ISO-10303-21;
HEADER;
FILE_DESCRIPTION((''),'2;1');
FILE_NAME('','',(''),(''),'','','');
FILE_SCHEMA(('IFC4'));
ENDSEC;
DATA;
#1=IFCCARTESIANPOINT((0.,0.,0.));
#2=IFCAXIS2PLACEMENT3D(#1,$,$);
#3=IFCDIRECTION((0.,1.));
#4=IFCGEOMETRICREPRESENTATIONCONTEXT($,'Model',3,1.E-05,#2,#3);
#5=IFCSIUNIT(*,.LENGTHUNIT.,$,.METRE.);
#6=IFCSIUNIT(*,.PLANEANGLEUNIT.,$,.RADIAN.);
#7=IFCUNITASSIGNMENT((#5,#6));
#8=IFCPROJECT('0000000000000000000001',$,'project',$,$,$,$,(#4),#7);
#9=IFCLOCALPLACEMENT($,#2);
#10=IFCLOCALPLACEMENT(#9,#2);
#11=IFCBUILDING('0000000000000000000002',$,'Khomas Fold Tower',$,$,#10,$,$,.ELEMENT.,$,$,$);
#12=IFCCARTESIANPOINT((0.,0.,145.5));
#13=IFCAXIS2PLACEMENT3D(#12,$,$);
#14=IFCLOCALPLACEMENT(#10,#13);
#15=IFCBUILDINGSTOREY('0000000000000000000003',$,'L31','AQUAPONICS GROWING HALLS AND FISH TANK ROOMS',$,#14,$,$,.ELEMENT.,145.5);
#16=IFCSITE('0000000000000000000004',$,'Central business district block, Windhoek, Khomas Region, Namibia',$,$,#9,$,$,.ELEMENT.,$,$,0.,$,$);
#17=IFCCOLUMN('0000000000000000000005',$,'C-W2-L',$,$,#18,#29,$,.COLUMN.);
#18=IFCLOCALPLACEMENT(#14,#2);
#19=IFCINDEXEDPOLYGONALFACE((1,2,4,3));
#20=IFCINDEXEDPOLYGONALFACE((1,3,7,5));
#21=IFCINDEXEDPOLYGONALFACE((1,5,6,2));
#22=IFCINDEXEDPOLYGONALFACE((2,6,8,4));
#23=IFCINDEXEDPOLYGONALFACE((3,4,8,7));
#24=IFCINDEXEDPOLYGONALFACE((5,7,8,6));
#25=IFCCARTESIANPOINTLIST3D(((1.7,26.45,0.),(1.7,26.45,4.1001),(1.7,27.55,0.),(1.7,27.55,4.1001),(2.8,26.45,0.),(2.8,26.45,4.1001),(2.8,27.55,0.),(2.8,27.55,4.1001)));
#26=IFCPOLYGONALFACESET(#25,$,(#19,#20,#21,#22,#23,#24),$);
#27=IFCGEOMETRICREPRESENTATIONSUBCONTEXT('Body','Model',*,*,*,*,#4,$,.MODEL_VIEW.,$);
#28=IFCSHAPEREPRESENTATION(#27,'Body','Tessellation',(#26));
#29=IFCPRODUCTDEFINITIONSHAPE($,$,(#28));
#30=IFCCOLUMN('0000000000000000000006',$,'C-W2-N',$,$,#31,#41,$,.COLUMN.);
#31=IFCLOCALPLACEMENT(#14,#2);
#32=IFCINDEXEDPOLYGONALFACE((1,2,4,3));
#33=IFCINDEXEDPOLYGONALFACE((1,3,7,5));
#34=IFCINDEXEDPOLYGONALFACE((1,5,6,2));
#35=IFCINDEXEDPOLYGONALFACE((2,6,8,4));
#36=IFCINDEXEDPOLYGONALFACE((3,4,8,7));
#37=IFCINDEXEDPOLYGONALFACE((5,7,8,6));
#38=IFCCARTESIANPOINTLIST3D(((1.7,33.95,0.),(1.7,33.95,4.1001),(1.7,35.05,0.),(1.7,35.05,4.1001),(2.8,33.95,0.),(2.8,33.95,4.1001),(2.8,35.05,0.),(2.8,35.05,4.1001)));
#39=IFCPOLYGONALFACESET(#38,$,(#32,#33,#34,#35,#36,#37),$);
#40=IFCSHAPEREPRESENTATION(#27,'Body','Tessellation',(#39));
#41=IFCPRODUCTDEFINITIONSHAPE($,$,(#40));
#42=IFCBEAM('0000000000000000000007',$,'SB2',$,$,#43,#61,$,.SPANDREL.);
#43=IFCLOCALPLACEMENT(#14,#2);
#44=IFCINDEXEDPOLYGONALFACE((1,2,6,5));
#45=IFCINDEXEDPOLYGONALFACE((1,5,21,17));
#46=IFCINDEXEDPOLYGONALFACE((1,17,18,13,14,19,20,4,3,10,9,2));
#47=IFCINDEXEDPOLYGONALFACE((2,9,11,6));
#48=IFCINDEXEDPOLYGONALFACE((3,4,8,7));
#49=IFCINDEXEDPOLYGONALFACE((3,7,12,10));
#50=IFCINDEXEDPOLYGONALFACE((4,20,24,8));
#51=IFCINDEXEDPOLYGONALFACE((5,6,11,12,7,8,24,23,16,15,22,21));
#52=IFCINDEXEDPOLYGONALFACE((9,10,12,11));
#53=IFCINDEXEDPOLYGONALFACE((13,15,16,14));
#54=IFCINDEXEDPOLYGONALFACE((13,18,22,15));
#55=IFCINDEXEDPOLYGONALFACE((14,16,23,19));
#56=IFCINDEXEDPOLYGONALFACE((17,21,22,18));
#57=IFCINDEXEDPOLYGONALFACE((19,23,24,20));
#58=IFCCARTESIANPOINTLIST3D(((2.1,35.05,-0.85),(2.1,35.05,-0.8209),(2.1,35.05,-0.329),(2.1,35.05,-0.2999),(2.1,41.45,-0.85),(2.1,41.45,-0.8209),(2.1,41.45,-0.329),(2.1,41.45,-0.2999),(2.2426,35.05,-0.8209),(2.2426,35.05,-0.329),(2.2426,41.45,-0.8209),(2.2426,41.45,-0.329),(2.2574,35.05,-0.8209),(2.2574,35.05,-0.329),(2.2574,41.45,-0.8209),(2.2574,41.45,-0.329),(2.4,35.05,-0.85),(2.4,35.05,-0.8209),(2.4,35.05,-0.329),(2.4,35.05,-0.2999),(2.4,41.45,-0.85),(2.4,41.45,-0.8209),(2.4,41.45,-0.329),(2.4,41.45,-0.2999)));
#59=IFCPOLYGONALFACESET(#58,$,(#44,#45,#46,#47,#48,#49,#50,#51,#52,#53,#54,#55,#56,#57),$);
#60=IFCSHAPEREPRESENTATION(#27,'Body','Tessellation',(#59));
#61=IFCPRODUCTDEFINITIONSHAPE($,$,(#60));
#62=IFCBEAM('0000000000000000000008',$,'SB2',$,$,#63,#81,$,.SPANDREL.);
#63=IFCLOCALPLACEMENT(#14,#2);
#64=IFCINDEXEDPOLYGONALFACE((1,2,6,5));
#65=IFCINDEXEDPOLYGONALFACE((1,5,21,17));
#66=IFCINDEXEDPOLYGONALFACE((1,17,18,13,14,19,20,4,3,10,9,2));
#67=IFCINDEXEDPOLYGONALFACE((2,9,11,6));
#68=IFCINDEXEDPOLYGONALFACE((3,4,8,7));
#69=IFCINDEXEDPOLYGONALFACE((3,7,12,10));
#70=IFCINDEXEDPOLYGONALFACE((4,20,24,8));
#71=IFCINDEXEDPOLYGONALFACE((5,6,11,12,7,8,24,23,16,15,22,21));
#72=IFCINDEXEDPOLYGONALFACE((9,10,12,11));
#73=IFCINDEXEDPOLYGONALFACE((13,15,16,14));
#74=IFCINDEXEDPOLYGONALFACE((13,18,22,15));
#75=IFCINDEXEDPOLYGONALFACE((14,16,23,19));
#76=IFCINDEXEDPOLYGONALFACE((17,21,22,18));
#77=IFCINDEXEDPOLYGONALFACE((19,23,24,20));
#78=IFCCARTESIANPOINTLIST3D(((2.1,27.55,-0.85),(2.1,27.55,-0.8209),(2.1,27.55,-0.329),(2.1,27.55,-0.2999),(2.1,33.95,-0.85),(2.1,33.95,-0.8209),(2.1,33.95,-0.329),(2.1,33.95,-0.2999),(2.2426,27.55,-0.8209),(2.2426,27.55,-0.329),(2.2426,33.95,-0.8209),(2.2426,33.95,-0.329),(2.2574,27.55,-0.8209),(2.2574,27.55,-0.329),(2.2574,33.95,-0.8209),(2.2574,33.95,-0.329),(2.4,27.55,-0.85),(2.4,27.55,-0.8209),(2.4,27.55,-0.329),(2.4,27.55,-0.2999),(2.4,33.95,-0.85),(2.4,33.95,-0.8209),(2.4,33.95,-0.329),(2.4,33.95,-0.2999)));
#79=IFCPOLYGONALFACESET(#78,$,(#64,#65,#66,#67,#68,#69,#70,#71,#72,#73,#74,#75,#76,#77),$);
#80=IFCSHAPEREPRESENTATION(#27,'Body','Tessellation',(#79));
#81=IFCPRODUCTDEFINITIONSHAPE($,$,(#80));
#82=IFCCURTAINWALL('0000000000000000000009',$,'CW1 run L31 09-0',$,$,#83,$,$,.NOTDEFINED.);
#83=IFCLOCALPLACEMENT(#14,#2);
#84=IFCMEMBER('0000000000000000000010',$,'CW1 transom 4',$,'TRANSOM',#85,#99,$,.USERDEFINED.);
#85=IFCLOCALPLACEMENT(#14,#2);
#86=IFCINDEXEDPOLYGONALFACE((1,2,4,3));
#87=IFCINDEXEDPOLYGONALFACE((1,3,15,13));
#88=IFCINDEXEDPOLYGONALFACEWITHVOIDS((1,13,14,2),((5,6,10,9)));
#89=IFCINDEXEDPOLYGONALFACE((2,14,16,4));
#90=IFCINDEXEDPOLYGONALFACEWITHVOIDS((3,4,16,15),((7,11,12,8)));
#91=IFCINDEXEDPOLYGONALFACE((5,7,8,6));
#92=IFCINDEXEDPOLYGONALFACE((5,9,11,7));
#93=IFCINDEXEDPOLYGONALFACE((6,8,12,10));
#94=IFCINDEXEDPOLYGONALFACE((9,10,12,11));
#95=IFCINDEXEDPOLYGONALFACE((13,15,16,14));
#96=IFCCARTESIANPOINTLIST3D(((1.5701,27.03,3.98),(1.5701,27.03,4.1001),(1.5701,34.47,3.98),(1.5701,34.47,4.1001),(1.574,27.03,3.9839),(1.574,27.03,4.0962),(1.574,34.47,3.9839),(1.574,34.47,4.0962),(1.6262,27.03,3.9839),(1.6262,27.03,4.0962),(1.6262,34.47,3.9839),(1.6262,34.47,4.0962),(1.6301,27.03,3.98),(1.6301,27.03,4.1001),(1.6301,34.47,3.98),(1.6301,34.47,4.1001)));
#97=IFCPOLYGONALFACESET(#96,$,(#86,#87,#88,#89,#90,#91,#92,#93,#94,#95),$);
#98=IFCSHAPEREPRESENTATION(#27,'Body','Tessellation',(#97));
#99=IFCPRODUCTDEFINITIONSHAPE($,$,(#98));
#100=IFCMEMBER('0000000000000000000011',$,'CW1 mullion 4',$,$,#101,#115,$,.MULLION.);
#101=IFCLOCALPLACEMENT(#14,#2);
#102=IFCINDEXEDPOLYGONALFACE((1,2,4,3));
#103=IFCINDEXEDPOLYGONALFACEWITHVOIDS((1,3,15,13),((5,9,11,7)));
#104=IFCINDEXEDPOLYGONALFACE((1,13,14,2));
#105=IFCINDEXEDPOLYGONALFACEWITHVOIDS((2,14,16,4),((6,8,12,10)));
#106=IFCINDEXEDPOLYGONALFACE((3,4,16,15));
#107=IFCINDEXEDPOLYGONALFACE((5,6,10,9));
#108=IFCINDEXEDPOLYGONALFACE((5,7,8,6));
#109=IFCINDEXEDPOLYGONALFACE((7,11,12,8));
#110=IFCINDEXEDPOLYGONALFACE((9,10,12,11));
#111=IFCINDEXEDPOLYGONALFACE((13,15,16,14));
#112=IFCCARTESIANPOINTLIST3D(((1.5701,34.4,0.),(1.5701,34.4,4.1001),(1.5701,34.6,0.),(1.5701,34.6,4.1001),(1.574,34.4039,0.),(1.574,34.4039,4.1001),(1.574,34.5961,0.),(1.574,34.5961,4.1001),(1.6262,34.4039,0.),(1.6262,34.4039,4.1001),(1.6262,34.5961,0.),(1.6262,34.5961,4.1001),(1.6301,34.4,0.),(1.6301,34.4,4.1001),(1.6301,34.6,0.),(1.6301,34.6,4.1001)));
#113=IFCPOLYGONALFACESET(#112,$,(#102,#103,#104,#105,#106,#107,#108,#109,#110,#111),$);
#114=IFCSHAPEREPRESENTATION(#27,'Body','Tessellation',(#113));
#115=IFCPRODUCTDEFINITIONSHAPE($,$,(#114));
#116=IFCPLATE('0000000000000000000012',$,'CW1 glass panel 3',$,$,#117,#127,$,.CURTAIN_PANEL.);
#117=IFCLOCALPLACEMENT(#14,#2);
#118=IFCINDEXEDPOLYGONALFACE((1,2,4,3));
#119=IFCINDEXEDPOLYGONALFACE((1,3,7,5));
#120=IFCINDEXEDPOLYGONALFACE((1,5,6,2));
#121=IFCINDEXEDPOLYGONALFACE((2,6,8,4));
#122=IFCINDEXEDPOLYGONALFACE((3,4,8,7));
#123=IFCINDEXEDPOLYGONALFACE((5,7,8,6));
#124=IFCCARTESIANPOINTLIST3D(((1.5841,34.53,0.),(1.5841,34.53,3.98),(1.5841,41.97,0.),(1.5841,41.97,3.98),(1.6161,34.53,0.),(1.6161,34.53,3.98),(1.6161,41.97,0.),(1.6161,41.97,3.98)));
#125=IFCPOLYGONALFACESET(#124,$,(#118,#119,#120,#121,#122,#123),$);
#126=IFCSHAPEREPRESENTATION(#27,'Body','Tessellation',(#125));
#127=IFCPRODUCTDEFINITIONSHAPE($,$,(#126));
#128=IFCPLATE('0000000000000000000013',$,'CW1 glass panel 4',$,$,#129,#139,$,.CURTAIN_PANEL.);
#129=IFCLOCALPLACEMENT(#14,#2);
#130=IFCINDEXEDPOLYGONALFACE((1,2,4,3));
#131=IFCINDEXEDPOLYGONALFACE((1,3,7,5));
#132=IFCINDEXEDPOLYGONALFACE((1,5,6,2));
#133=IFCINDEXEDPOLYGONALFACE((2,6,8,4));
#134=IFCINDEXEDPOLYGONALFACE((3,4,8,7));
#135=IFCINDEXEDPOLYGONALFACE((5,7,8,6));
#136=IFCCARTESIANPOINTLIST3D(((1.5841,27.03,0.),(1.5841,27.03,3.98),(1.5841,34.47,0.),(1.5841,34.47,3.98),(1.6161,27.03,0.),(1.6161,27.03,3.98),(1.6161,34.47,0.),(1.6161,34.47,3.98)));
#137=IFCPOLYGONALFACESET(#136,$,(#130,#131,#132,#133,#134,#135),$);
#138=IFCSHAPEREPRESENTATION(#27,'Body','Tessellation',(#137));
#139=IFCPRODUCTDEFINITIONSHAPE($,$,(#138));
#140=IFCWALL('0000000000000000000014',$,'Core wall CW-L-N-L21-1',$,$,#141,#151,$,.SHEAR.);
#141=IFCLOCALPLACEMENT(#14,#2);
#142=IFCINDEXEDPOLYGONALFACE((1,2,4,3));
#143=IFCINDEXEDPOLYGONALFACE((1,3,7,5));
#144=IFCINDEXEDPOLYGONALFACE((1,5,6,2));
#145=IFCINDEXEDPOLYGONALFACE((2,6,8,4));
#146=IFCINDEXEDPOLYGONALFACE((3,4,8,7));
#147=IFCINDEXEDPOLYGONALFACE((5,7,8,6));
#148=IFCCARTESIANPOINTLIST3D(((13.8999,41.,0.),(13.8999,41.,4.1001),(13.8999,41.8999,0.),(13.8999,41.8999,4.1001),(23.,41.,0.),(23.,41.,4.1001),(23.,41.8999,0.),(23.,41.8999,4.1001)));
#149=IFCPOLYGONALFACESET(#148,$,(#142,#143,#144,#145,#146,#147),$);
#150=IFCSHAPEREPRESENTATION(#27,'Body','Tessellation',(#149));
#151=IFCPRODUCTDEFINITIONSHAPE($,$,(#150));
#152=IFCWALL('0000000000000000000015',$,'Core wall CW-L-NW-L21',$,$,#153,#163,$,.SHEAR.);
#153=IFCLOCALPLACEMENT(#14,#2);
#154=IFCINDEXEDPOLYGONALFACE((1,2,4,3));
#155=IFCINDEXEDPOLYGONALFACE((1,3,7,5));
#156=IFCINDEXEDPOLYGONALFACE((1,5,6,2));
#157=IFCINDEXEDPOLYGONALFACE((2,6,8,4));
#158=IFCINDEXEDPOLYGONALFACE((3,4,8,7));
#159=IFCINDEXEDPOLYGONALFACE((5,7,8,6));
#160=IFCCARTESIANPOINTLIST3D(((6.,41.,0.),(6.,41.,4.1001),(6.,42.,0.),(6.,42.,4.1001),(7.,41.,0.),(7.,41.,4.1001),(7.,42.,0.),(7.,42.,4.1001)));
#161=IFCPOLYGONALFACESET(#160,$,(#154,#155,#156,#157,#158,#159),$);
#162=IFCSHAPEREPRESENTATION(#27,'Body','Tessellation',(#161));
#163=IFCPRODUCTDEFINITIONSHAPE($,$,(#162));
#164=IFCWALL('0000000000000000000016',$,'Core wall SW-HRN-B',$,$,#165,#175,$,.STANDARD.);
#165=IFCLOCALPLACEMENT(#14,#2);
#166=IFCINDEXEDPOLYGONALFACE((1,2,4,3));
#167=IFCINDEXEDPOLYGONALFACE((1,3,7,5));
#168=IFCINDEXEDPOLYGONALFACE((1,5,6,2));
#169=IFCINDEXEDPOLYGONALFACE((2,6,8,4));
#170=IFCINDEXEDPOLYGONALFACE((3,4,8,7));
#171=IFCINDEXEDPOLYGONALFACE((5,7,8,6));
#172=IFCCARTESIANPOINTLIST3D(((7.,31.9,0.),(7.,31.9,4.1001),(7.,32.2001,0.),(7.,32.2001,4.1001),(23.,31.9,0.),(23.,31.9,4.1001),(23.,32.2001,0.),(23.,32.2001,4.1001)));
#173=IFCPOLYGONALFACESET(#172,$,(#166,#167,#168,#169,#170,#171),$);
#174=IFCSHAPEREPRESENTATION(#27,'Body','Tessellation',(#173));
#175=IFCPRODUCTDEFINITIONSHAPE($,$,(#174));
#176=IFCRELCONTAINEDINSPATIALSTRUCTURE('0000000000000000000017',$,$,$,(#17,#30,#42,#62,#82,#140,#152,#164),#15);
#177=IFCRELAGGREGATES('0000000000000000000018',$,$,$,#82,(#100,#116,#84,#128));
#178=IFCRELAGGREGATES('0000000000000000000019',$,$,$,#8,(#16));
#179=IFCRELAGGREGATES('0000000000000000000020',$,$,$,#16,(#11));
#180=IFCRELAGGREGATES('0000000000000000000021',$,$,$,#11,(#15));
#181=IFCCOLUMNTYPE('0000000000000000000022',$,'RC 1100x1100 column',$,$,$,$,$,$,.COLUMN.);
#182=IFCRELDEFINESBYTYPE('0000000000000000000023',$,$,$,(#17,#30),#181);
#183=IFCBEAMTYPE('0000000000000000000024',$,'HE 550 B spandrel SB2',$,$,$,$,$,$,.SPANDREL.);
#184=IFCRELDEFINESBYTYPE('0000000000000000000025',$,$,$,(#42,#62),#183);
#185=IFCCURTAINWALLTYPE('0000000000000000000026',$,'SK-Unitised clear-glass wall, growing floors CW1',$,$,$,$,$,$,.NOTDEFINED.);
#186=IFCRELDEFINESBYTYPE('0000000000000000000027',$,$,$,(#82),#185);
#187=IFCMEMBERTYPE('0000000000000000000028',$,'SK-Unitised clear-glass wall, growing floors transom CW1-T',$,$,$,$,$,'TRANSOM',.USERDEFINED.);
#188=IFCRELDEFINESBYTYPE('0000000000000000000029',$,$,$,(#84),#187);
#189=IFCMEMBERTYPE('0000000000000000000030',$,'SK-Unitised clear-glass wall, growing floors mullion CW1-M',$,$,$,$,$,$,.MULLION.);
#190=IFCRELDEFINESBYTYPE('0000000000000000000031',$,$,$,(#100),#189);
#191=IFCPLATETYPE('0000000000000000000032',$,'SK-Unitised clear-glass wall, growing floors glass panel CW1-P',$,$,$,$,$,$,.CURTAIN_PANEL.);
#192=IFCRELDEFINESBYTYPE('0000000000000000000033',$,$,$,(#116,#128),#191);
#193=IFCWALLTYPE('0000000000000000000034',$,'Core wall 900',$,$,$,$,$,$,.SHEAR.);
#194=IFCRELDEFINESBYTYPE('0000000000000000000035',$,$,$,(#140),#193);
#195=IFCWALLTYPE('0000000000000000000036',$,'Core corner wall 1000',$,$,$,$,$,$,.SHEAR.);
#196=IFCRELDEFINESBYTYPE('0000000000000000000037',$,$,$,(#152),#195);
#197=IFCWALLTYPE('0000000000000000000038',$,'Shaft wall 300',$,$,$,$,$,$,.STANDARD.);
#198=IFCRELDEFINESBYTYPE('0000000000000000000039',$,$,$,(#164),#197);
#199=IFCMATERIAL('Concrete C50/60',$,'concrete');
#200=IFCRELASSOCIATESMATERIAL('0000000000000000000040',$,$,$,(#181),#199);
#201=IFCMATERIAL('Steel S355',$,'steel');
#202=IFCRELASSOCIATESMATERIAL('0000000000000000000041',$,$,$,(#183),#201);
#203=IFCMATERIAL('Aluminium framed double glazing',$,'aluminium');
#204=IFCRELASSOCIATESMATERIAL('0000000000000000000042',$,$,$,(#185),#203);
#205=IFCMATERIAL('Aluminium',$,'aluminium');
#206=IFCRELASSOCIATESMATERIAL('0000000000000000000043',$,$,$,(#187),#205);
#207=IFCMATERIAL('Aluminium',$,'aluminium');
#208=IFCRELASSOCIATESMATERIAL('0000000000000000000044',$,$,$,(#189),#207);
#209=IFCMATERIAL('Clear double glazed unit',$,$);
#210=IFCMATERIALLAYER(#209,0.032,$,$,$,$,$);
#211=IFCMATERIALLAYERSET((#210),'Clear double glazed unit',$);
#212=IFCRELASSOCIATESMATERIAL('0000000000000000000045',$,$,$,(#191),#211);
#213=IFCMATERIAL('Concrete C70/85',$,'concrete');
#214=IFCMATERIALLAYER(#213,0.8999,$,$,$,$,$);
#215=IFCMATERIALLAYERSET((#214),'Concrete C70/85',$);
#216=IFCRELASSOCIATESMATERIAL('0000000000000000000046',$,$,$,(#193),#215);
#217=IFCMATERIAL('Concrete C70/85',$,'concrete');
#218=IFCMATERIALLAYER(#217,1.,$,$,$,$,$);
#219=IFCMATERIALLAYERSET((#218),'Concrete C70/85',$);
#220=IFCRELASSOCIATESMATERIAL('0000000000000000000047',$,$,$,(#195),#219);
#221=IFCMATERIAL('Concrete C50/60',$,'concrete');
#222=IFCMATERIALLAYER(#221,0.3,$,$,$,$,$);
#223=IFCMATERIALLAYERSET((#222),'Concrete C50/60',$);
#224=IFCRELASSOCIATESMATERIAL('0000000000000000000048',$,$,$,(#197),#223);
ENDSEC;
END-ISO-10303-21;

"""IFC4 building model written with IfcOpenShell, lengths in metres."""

from ifc_helpers import new_model, si_unit, direction, frame, frame_2d, origin, origin_2d, place, context, subcontext, project, spatial, rectangle, hollow_rectangle, i_section, extrude, source, transform, mapped, material, layer, layer_set, material_profile, profile_set, type_object, element, aggregate, save


model = new_model("IFC4")

# Units and contexts
model_context = context("Model", 3, precision=1e-05, world=origin(), true_north=direction((0.0, 1.0)))
body_context = subcontext(model_context, "Body", "Model", "MODEL_VIEW")
ifc_project = project(units=[si_unit("LENGTHUNIT", "METRE"), si_unit("PLANEANGLEUNIT", "RADIAN")], contexts=[model_context])

# Site, building, storey
site_placement = place(None, origin())
site = spatial("IfcSite", under=ifc_project, at=site_placement, Name="Central business district block, Windhoek, Khomas Region, Namibia", CompositionType="ELEMENT", RefElevation=0.0)
building_placement = place(site_placement, origin())
building = spatial("IfcBuilding", under=site, at=building_placement, Name="Khomas Fold Tower", CompositionType="ELEMENT")
storey_placement = place(building_placement, frame((0.0, 0.0, 145.5)))
storey = spatial("IfcBuildingStorey", under=building, at=storey_placement, Name="L31", Description="AQUAPONICS GROWING HALLS AND FISH TANK ROOMS", CompositionType="ELEMENT", Elevation=145.5)

# Columns
ifc_material_1 = material(Name="Concrete C50/60", Category="concrete")
ifc_material_profile_1 = material_profile(ifc_material_1, rectangle(XDim=1.1001, YDim=1.1001, at=origin_2d()), Name="RC 1100x1100")
ifc_profile_set_1 = profile_set([ifc_material_profile_1], Name="Concrete C50/60")
column_type = type_object("IfcColumnType", Name="RC 1100x1100 column", PredefinedType="COLUMN", material=ifc_profile_set_1)
shared_shape_1 = source(origin(), body_context, "Body", "SweptSolid", [
    extrude(rectangle(XDim=1.1001, YDim=1.1001, at=origin_2d()), origin(), (0.0, 0.0, 1.0), 4.1001),
])
for number, where, z_axis, x_axis, name in (
    (1, (2.25, 27.0, 0.0), (0.0, 0.0, 1.0), (1.0, 0.0, 0.0), "C-W2-L"),
    (2, (2.25, 34.5, 0.0), (0.0, 0.0, 1.0), (1.0, 0.0, 0.0), "C-W2-N"),
):
    element("IfcColumn", number, at=place(storey_placement, frame(where, z_axis=z_axis, x_axis=x_axis)), inside=storey, type_object=column_type, Name=name, PredefinedType="COLUMN", context=body_context, shape_type="MappedRepresentation", body=[
        mapped(shared_shape_1, transform((0.0, 0.0, 0.0))),
    ])

# Beams
ifc_material_2 = material(Name="Steel S355", Category="steel")
ifc_material_profile_2 = material_profile(ifc_material_2, i_section(OverallWidth=0.3, OverallDepth=0.55, WebThickness=0.0149, FlangeThickness=0.0291, at=origin_2d()), Name="HE 550 B")
ifc_profile_set_2 = profile_set([ifc_material_profile_2], Name="Steel S355")
beam_type = type_object("IfcBeamType", Name="HE 550 B spandrel SB2", PredefinedType="SPANDREL", material=ifc_profile_set_2)
shared_shape_2 = source(origin(), body_context, "Body", "SweptSolid", [
    extrude(i_section(OverallWidth=0.3, OverallDepth=0.55, WebThickness=0.0149, FlangeThickness=0.0291, at=origin_2d()), origin(), (0.0, 0.0, 1.0), 6.3999),
])
for number, where, z_axis, x_axis, name in (
    (3, (2.25, 35.05, -0.575), (0.0, 1.0, 0.0), (-1.0, 0.0, 0.0), "SB2"),
    (4, (2.25, 27.55, -0.575), (0.0, 1.0, 0.0), (-1.0, 0.0, 0.0), "SB2"),
):
    element("IfcBeam", number, at=place(storey_placement, frame(where, z_axis=z_axis, x_axis=x_axis)), inside=storey, type_object=beam_type, Name=name, PredefinedType="SPANDREL", context=body_context, shape_type="MappedRepresentation", body=[
        mapped(shared_shape_2, transform((0.0, 0.0, 0.0))),
    ])

# Curtain wall, members, plates
ifc_material_3 = material(Name="Aluminium framed double glazing", Category="aluminium")
curtain_wall_type = type_object("IfcCurtainWallType", Name="SK-Unitised clear-glass wall, growing floors CW1", PredefinedType="NOTDEFINED", material=ifc_material_3)
curtain_wall_placement = place(storey_placement, origin())
curtain_wall = element("IfcCurtainWall", 5, at=curtain_wall_placement, inside=storey, type_object=curtain_wall_type, Name="CW1 run L31 09-0", PredefinedType="NOTDEFINED")
ifc_material_4 = material(Name="Aluminium", Category="aluminium")
ifc_material_profile_3 = material_profile(ifc_material_4, hollow_rectangle(XDim=0.0601, YDim=0.1201, WallThickness=0.0039, at=origin_2d()), Name="SK-Unitised clear-glass wall, growing floors transom CW1-T")
ifc_profile_set_3 = profile_set([ifc_material_profile_3], Name="Aluminium")
member_type_1 = type_object("IfcMemberType", Name="SK-Unitised clear-glass wall, growing floors transom CW1-T", ElementType="TRANSOM", PredefinedType="USERDEFINED", material=ifc_profile_set_3)
shared_shape_3 = source(origin(), body_context, "Body", "SweptSolid", [
    extrude(hollow_rectangle(XDim=0.0601, YDim=0.1201, WallThickness=0.0039, at=origin_2d()), origin(), (0.0, 0.0, 1.0), 7.4399),
])
member_1_placement = place(storey_placement, frame((1.6001, 34.47, 4.04), z_axis=(0.0, -1.0, 0.0), x_axis=(1.0, 0.0, 0.0)))
member_1 = element("IfcMember", 6, at=member_1_placement, type_object=member_type_1, Name="CW1 transom 4", ObjectType="TRANSOM", PredefinedType="USERDEFINED", context=body_context, shape_type="MappedRepresentation", body=[
    mapped(shared_shape_3, transform((0.0, 0.0, 0.0))),
])
ifc_material_5 = material(Name="Aluminium", Category="aluminium")
ifc_material_profile_4 = material_profile(ifc_material_5, hollow_rectangle(XDim=0.0601, YDim=0.2, WallThickness=0.0039, at=origin_2d()), Name="SK-Unitised clear-glass wall, growing floors mullion CW1-M")
ifc_profile_set_4 = profile_set([ifc_material_profile_4], Name="Aluminium")
member_type_2 = type_object("IfcMemberType", Name="SK-Unitised clear-glass wall, growing floors mullion CW1-M", PredefinedType="MULLION", material=ifc_profile_set_4)
shared_shape_4 = source(origin(), body_context, "Body", "SweptSolid", [
    extrude(hollow_rectangle(XDim=0.0601, YDim=0.2, WallThickness=0.0039, at=origin_2d()), origin(), (0.0, 0.0, 1.0), 4.1001),
])
member_2_placement = place(storey_placement, frame((1.6001, 34.5, 0.0), z_axis=(0.0, 0.0, 1.0), x_axis=(1.0, 0.0, 0.0)))
member_2 = element("IfcMember", 7, at=member_2_placement, type_object=member_type_2, Name="CW1 mullion 4", PredefinedType="MULLION", context=body_context, shape_type="MappedRepresentation", body=[
    mapped(shared_shape_4, transform((0.0, 0.0, 0.0))),
])
ifc_material_6 = material(Name="Clear double glazed unit")
ifc_layer_1 = layer(ifc_material_6, 0.032)
ifc_layer_set_1 = layer_set([ifc_layer_1], Name="Clear double glazed unit")
plate_type = type_object("IfcPlateType", Name="SK-Unitised clear-glass wall, growing floors glass panel CW1-P", PredefinedType="CURTAIN_PANEL", material=ifc_layer_set_1)
shared_shape_5 = source(origin(), body_context, "Body", "SweptSolid", [
    extrude(rectangle(XDim=7.4399, YDim=0.032, at=origin_2d()), origin(), (0.0, 0.0, 1.0), 3.98),
])
plate_1_placement = place(storey_placement, frame((1.6001, 38.25, 0.0), z_axis=(0.0, 0.0, 1.0), x_axis=(0.0, -1.0, 0.0)))
plate_1 = element("IfcPlate", 8, at=plate_1_placement, type_object=plate_type, Name="CW1 glass panel 3", PredefinedType="CURTAIN_PANEL", context=body_context, shape_type="MappedRepresentation", body=[
    mapped(shared_shape_5, transform((0.0, 0.0, 0.0))),
])
plate_2_placement = place(storey_placement, frame((1.6001, 30.75, 0.0), z_axis=(0.0, 0.0, 1.0), x_axis=(0.0, -1.0, 0.0)))
plate_2 = element("IfcPlate", 9, at=plate_2_placement, type_object=plate_type, Name="CW1 glass panel 4", PredefinedType="CURTAIN_PANEL", context=body_context, shape_type="MappedRepresentation", body=[
    mapped(shared_shape_5, transform((0.0, 0.0, 0.0))),
])
aggregate(curtain_wall, [member_2, plate_1, member_1, plate_2])

# Walls
ifc_material_7 = material(Name="Concrete C70/85", Category="concrete")
ifc_layer_2 = layer(ifc_material_7, 0.8999)
ifc_layer_set_2 = layer_set([ifc_layer_2], Name="Concrete C70/85")
wall_type_1 = type_object("IfcWallType", Name="Core wall 900", PredefinedType="SHEAR", material=ifc_layer_set_2)
shared_shape_6 = source(origin(), body_context, "Body", "SweptSolid", [
    extrude(rectangle(XDim=9.1001, YDim=0.8999, at=frame_2d((4.55, 0.0))), origin(), (0.0, 0.0, 1.0), 4.1001),
])
wall_1_placement = place(storey_placement, frame((13.8999, 41.45, 0.0), z_axis=(0.0, 0.0, 1.0), x_axis=(1.0, 0.0, 0.0)))
element("IfcWall", 10, at=wall_1_placement, inside=storey, type_object=wall_type_1, Name="Core wall CW-L-N-L21-1", PredefinedType="SHEAR", context=body_context, shape_type="MappedRepresentation", body=[
    mapped(shared_shape_6, transform((0.0, 0.0, 0.0))),
])
ifc_material_8 = material(Name="Concrete C70/85", Category="concrete")
ifc_layer_3 = layer(ifc_material_8, 1.0)
ifc_layer_set_3 = layer_set([ifc_layer_3], Name="Concrete C70/85")
wall_type_2 = type_object("IfcWallType", Name="Core corner wall 1000", PredefinedType="SHEAR", material=ifc_layer_set_3)
shared_shape_7 = source(origin(), body_context, "Body", "SweptSolid", [
    extrude(rectangle(XDim=1.0, YDim=1.0, at=frame_2d((0.5, 0.0))), origin(), (0.0, 0.0, 1.0), 4.1001),
])
wall_2_placement = place(storey_placement, frame((6.0, 41.5, 0.0), z_axis=(0.0, 0.0, 1.0), x_axis=(1.0, 0.0, 0.0)))
element("IfcWall", 11, at=wall_2_placement, inside=storey, type_object=wall_type_2, Name="Core wall CW-L-NW-L21", PredefinedType="SHEAR", context=body_context, shape_type="MappedRepresentation", body=[
    mapped(shared_shape_7, transform((0.0, 0.0, 0.0))),
])
ifc_material_9 = material(Name="Concrete C50/60", Category="concrete")
ifc_layer_4 = layer(ifc_material_9, 0.3)
ifc_layer_set_4 = layer_set([ifc_layer_4], Name="Concrete C50/60")
wall_type_3 = type_object("IfcWallType", Name="Shaft wall 300", PredefinedType="STANDARD", material=ifc_layer_set_4)
shared_shape_8 = source(origin(), body_context, "Body", "SweptSolid", [
    extrude(rectangle(XDim=16.0, YDim=0.3, at=frame_2d((8.0, 0.0))), origin(), (0.0, 0.0, 1.0), 4.1001),
])
wall_3_placement = place(storey_placement, frame((7.0, 32.05, 0.0), z_axis=(0.0, 0.0, 1.0), x_axis=(1.0, 0.0, 0.0)))
element("IfcWall", 12, at=wall_3_placement, inside=storey, type_object=wall_type_3, Name="Core wall SW-HRN-B", PredefinedType="STANDARD", context=body_context, shape_type="MappedRepresentation", body=[
    mapped(shared_shape_8, transform((0.0, 0.0, 0.0))),
])

save(model, "model.ifc")
